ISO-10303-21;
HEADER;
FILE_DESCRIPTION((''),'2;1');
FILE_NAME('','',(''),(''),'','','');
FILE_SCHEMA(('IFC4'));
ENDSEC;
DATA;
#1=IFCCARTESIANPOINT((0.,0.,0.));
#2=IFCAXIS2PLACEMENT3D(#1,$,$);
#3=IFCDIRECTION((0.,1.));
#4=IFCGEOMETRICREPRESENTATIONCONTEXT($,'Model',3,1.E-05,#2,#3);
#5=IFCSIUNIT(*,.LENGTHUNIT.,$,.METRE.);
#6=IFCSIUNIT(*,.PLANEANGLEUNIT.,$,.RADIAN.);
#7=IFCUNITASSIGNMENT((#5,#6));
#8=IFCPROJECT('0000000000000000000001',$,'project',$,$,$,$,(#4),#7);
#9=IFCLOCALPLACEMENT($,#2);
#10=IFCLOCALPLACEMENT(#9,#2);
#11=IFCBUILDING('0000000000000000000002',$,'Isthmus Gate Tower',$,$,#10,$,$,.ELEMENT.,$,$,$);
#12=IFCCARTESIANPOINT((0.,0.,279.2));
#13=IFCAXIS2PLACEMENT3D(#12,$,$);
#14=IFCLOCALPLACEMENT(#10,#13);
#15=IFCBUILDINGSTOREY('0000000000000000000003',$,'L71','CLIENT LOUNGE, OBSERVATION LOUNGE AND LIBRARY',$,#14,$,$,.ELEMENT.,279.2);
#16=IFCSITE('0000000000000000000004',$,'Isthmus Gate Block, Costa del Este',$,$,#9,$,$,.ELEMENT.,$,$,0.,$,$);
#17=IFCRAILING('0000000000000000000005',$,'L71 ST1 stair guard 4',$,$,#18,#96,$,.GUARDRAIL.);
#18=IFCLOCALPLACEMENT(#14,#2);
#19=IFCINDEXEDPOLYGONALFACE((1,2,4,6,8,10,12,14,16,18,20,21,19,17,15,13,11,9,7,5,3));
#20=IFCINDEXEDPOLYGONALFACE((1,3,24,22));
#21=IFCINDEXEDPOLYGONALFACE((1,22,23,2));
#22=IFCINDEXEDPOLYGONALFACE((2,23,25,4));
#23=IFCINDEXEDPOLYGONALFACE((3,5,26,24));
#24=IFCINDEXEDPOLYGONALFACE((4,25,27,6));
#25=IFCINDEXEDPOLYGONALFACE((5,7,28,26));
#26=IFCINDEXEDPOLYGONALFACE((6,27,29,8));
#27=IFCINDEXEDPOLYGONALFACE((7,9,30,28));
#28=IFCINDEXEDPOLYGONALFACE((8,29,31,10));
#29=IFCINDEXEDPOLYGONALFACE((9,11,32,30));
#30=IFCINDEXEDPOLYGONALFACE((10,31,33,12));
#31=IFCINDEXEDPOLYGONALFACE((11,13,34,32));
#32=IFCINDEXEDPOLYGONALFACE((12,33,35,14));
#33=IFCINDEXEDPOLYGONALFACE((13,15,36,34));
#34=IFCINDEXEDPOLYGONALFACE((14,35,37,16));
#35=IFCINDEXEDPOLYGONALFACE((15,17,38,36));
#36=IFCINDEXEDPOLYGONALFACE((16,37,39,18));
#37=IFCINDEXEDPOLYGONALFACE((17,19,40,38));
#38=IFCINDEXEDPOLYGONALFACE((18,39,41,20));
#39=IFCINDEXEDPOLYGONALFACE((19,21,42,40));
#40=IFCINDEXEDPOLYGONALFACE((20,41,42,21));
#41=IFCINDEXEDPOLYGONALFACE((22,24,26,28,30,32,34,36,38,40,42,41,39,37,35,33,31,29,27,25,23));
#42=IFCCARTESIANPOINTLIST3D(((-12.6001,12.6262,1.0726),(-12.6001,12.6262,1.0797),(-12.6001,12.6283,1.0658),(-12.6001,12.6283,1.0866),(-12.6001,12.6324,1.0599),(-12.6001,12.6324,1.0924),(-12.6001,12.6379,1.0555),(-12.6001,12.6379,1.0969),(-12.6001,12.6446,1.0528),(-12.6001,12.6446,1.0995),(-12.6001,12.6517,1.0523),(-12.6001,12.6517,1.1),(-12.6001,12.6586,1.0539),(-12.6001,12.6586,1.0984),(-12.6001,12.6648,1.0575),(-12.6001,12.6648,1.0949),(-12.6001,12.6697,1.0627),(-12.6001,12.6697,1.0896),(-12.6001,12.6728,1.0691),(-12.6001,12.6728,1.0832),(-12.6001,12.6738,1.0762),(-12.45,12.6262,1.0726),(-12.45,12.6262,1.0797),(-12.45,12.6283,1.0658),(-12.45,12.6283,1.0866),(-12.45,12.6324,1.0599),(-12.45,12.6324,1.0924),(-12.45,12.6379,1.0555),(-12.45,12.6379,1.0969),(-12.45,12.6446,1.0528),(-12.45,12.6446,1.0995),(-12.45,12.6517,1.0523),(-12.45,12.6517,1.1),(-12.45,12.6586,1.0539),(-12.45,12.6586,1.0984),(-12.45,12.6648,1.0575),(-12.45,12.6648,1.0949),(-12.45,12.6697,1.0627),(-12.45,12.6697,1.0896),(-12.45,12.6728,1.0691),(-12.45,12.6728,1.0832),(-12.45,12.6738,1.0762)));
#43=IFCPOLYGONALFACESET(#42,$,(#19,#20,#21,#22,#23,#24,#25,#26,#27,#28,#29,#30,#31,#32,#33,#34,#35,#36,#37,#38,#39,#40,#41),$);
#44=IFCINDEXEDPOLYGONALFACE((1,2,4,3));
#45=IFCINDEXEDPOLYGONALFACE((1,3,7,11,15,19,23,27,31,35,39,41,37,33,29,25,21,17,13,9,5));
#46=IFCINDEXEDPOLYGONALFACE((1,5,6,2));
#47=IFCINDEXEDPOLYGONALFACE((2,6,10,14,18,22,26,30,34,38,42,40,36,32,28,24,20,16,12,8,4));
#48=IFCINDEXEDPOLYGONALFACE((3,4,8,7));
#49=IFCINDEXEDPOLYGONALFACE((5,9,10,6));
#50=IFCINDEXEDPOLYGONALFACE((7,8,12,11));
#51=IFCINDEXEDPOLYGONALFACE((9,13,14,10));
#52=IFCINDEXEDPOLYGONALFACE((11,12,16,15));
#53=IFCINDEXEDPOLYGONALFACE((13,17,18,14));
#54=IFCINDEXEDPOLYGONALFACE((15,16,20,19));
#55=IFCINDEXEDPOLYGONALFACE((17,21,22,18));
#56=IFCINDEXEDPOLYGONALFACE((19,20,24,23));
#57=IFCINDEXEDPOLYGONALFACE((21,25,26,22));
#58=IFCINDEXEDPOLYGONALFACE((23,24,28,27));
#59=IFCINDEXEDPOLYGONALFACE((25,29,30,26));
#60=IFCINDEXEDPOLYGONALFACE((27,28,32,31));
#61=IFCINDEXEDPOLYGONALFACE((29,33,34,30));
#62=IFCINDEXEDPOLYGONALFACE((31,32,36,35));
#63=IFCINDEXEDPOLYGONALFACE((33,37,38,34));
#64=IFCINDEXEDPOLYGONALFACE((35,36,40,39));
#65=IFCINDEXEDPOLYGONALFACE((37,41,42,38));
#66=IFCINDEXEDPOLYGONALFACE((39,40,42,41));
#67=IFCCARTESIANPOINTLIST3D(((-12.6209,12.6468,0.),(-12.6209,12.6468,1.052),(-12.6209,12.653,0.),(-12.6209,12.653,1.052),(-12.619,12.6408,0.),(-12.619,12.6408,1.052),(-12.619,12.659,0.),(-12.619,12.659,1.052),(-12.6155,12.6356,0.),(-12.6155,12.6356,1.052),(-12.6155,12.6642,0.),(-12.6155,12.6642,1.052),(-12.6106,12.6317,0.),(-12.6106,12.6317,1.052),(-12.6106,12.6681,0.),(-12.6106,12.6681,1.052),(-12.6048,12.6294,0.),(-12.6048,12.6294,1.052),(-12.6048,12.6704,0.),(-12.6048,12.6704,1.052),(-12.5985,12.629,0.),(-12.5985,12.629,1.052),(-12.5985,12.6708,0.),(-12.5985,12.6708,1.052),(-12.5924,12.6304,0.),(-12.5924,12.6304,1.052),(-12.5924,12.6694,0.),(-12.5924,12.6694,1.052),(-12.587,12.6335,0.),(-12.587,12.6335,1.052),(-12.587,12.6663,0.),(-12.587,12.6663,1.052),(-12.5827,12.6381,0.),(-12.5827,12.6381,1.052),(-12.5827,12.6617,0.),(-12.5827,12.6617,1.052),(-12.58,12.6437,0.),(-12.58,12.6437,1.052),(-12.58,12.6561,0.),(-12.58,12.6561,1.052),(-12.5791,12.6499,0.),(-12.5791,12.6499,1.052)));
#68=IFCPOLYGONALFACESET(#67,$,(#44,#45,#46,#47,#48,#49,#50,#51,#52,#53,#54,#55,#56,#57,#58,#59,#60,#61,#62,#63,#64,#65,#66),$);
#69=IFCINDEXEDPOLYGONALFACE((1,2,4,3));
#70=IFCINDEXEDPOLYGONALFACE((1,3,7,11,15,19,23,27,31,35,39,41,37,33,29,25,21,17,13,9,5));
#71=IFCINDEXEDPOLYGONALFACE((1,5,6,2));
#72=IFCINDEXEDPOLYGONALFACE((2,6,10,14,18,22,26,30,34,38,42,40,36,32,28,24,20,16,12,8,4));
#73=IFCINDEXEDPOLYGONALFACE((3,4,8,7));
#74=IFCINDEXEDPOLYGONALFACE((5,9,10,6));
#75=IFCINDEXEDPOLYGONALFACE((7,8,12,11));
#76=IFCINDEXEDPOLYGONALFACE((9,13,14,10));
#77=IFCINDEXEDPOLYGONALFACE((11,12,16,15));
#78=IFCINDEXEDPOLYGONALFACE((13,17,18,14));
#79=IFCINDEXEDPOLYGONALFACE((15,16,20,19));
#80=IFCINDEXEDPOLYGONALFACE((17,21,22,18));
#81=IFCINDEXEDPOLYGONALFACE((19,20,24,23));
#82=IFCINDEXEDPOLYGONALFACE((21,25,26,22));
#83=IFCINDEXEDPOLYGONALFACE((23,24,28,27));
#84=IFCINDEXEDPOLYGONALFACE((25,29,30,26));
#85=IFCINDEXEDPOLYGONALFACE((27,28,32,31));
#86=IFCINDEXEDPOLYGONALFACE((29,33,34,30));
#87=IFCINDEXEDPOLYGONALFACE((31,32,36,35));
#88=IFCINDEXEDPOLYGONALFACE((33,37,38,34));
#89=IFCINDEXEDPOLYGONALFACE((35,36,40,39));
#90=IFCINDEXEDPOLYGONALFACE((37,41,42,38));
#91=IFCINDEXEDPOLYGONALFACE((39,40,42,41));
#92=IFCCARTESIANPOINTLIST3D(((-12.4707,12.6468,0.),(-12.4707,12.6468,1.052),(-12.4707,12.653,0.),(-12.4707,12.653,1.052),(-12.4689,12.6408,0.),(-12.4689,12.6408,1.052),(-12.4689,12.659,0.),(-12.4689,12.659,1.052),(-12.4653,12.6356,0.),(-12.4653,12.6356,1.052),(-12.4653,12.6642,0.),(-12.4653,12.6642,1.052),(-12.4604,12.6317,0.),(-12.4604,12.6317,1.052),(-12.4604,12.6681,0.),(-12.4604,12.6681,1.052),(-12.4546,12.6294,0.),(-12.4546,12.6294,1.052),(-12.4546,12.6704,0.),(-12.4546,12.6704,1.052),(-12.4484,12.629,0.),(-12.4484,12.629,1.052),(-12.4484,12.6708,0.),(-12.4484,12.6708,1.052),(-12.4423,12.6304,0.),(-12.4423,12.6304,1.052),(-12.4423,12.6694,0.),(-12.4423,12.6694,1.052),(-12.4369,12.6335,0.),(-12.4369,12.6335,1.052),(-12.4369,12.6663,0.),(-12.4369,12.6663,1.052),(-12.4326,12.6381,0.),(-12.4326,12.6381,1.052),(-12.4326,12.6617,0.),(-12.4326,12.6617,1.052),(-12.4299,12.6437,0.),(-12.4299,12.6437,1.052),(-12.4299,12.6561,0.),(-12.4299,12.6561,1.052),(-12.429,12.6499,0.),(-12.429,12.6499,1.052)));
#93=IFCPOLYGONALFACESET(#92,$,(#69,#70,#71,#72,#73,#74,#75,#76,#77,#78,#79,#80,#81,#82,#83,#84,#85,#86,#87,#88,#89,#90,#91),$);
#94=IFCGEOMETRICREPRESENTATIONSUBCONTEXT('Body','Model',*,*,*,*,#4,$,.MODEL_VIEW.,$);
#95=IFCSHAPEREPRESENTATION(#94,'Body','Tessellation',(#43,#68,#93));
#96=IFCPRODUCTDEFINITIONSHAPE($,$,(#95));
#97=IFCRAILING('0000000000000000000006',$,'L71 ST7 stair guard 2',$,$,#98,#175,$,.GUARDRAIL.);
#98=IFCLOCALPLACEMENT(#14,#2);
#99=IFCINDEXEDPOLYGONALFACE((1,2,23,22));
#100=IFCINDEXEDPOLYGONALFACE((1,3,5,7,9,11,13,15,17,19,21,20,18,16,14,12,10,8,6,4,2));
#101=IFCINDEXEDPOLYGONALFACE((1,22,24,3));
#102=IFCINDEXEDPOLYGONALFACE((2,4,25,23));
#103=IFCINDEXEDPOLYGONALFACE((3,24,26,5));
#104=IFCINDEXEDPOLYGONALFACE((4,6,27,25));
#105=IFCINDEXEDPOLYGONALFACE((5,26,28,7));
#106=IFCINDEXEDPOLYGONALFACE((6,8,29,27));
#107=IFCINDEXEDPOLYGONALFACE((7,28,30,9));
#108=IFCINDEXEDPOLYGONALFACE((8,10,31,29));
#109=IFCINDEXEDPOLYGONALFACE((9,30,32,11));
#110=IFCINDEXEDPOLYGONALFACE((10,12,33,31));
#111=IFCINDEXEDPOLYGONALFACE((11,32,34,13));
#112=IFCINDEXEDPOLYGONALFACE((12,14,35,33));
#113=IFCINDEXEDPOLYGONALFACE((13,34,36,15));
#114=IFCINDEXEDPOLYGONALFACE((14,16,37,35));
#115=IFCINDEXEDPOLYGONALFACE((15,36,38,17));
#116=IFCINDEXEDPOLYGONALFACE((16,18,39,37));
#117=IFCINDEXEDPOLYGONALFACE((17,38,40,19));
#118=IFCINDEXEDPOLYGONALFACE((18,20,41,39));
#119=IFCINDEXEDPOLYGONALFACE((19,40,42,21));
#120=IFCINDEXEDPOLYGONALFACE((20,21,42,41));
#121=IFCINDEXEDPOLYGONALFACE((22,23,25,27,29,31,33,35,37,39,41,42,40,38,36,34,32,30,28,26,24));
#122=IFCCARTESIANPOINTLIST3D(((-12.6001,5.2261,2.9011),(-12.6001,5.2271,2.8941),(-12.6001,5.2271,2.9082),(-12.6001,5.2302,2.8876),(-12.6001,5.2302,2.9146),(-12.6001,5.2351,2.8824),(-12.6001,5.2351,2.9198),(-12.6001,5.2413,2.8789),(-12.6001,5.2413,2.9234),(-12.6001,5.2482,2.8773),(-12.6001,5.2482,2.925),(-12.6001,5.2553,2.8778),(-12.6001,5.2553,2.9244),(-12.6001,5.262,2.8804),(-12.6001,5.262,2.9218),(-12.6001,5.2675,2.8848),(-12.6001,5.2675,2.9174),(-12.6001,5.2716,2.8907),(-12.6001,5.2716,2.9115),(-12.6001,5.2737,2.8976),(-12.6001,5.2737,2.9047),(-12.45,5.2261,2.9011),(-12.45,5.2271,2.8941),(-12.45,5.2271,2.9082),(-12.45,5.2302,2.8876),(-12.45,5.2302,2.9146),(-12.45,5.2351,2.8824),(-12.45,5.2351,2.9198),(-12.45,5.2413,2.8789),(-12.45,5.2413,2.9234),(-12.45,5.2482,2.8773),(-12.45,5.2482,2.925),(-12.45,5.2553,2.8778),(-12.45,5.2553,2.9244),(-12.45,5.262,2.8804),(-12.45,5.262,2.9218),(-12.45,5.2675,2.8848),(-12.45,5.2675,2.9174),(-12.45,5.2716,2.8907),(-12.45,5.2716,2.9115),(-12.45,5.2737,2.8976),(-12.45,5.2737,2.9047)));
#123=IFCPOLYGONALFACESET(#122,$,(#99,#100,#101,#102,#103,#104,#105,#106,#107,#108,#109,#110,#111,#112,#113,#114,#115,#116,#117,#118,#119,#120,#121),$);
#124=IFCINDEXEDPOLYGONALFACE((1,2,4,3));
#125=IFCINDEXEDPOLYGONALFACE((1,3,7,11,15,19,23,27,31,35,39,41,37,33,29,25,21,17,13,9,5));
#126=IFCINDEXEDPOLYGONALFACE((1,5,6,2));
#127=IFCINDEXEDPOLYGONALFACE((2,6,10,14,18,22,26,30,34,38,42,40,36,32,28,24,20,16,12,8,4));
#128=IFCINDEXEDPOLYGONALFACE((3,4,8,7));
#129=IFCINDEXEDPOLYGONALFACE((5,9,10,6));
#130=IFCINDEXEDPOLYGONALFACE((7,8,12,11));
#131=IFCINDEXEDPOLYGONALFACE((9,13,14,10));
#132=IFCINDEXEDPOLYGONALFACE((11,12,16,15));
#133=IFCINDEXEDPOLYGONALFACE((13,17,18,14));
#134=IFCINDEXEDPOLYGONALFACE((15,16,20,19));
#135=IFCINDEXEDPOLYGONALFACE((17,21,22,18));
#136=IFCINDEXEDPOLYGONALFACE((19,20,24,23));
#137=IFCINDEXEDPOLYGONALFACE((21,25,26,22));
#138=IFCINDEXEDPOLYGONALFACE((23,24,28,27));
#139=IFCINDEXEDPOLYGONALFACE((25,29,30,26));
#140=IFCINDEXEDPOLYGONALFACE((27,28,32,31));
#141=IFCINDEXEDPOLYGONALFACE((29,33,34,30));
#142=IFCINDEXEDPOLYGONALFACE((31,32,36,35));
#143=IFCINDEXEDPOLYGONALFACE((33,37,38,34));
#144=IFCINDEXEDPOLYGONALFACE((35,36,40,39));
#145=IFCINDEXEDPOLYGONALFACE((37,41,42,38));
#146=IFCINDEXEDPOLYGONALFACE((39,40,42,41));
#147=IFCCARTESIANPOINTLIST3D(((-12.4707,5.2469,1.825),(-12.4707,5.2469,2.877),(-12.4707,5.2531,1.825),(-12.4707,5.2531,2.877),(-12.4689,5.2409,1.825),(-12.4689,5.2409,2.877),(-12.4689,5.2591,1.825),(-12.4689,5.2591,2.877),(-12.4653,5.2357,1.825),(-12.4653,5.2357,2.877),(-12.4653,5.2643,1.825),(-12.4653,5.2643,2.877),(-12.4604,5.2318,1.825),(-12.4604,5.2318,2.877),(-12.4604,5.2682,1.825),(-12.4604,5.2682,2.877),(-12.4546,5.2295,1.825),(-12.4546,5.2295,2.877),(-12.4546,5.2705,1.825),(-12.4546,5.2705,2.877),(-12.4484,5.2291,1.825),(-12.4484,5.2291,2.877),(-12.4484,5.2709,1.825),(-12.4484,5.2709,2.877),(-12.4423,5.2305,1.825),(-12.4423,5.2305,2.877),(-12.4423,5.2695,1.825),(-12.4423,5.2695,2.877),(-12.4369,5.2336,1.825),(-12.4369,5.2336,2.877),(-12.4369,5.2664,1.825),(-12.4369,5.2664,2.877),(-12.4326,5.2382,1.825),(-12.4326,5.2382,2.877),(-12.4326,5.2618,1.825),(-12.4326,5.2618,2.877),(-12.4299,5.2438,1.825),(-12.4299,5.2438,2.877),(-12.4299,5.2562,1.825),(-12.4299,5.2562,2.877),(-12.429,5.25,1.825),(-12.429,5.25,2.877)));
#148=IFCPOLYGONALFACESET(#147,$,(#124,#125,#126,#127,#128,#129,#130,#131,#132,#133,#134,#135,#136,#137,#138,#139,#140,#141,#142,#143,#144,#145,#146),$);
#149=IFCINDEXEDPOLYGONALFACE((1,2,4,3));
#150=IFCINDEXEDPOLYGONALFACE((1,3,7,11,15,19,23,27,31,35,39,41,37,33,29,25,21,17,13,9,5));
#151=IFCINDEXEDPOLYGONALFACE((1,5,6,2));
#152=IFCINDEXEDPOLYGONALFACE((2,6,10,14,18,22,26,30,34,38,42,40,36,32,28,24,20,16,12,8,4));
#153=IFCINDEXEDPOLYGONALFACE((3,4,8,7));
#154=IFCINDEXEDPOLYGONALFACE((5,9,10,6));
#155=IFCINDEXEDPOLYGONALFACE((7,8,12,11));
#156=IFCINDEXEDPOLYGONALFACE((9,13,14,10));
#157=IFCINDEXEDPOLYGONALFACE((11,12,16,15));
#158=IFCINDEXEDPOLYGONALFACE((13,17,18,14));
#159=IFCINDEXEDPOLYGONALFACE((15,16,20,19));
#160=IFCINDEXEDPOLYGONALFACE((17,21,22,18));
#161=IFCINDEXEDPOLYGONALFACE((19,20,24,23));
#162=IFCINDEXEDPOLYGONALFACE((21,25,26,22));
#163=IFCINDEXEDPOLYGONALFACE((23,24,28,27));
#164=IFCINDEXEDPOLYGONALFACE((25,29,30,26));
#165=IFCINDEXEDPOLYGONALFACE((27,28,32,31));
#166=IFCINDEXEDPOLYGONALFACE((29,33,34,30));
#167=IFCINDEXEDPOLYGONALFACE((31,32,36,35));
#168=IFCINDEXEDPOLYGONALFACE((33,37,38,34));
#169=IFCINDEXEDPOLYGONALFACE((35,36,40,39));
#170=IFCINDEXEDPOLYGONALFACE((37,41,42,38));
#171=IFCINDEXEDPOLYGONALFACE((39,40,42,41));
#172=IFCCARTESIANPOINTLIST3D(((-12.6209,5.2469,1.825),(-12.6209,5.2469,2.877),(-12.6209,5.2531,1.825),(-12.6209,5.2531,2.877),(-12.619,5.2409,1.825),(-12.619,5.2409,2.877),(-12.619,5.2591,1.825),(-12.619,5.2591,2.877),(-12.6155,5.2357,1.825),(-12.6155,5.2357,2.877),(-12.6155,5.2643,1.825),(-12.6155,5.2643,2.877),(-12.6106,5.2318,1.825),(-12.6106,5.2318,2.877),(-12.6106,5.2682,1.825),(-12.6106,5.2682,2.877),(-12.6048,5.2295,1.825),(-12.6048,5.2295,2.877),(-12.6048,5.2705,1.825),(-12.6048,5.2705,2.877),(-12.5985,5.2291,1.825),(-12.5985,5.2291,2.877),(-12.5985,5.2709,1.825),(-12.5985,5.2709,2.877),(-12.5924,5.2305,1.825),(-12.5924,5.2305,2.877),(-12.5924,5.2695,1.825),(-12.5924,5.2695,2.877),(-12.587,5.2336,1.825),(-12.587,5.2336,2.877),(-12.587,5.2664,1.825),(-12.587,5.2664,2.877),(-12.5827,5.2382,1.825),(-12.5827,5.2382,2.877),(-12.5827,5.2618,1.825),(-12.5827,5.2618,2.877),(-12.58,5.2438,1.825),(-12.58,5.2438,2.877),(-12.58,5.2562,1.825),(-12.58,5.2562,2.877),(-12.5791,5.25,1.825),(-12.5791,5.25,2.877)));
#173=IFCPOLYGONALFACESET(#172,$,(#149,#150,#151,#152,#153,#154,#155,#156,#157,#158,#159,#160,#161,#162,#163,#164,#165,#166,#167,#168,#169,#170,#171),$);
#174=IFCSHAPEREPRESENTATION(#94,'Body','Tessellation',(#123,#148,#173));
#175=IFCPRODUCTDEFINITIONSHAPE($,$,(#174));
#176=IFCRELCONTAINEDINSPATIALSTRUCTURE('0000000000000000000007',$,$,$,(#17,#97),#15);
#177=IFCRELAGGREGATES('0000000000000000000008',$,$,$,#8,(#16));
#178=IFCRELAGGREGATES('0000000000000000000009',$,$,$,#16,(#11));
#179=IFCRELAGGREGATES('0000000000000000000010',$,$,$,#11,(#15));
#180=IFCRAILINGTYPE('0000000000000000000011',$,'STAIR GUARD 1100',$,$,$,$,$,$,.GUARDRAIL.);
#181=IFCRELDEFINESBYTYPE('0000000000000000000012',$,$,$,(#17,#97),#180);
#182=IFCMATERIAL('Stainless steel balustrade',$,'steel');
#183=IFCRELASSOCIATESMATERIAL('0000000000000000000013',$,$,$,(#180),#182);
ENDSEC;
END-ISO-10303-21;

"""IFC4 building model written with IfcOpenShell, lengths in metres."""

from ifc_helpers import new_model, si_unit, direction, frame, origin, origin_2d, place, context, subcontext, project, spatial, circle, extrude, material, type_object, element, save


model = new_model("IFC4")

# Units and contexts
model_context = context("Model", 3, precision=1e-05, world=origin(), true_north=direction((0.0, 1.0)))
body_context = subcontext(model_context, "Body", "Model", "MODEL_VIEW")
ifc_project = project(units=[si_unit("LENGTHUNIT", "METRE"), si_unit("PLANEANGLEUNIT", "RADIAN")], contexts=[model_context])

# Site, building, storey
site_placement = place(None, origin())
site = spatial("IfcSite", under=ifc_project, at=site_placement, Name="Isthmus Gate Block, Costa del Este", CompositionType="ELEMENT", RefElevation=0.0)
building_placement = place(site_placement, origin())
building = spatial("IfcBuilding", under=site, at=building_placement, Name="Isthmus Gate Tower", CompositionType="ELEMENT")
storey_placement = place(building_placement, frame((0.0, 0.0, 279.2)))
storey = spatial("IfcBuildingStorey", under=building, at=storey_placement, Name="L71", Description="CLIENT LOUNGE, OBSERVATION LOUNGE AND LIBRARY", CompositionType="ELEMENT", Elevation=279.2)

# Railings
ifc_material_1 = material(Name="Stainless steel balustrade", Category="steel")
railing_type_1 = type_object("IfcRailingType", Name="STAIR GUARD 1100", PredefinedType="GUARDRAIL", material=ifc_material_1)
railing_1_placement = place(storey_placement, frame((-12.6001, 12.6499, 0.0)))
element("IfcRailing", 1, at=railing_1_placement, inside=storey, type_object=railing_type_1, Name="L71 ST1 stair guard 4", PredefinedType="GUARDRAIL", context=body_context, shape_type="SweptSolid", body=[
    extrude(circle(Radius=0.0239, at=origin_2d()), frame((0.0, 0.0, 1.0762), z_axis=(1.0, 0.0, 0.0), x_axis=(0.0, 1.0, 0.0)), (0.0, 0.0, 1.0), 0.1501),
    extrude(circle(Radius=0.021, at=origin_2d()), origin(), (0.0, 0.0, 1.0), 1.052),
    extrude(circle(Radius=0.021, at=origin_2d()), frame((0.1501, 0.0, 0.0)), (0.0, 0.0, 1.0), 1.052),
])
railing_2_placement = place(storey_placement, frame((-12.45, 5.25, 1.825)))
element("IfcRailing", 2, at=railing_2_placement, inside=storey, type_object=railing_type_1, Name="L71 ST7 stair guard 2", PredefinedType="GUARDRAIL", context=body_context, shape_type="SweptSolid", body=[
    extrude(circle(Radius=0.0239, at=origin_2d()), frame((0.0, 0.0, 1.0762), z_axis=(-1.0, 0.0, 0.0), x_axis=(0.0, -1.0, 0.0)), (0.0, 0.0, 1.0), 0.1501),
    extrude(circle(Radius=0.021, at=origin_2d()), origin(), (0.0, 0.0, 1.0), 1.052),
    extrude(circle(Radius=0.021, at=origin_2d()), frame((-0.1501, 0.0, 0.0)), (0.0, 0.0, 1.0), 1.052),
])

save(model, "model.ifc")
